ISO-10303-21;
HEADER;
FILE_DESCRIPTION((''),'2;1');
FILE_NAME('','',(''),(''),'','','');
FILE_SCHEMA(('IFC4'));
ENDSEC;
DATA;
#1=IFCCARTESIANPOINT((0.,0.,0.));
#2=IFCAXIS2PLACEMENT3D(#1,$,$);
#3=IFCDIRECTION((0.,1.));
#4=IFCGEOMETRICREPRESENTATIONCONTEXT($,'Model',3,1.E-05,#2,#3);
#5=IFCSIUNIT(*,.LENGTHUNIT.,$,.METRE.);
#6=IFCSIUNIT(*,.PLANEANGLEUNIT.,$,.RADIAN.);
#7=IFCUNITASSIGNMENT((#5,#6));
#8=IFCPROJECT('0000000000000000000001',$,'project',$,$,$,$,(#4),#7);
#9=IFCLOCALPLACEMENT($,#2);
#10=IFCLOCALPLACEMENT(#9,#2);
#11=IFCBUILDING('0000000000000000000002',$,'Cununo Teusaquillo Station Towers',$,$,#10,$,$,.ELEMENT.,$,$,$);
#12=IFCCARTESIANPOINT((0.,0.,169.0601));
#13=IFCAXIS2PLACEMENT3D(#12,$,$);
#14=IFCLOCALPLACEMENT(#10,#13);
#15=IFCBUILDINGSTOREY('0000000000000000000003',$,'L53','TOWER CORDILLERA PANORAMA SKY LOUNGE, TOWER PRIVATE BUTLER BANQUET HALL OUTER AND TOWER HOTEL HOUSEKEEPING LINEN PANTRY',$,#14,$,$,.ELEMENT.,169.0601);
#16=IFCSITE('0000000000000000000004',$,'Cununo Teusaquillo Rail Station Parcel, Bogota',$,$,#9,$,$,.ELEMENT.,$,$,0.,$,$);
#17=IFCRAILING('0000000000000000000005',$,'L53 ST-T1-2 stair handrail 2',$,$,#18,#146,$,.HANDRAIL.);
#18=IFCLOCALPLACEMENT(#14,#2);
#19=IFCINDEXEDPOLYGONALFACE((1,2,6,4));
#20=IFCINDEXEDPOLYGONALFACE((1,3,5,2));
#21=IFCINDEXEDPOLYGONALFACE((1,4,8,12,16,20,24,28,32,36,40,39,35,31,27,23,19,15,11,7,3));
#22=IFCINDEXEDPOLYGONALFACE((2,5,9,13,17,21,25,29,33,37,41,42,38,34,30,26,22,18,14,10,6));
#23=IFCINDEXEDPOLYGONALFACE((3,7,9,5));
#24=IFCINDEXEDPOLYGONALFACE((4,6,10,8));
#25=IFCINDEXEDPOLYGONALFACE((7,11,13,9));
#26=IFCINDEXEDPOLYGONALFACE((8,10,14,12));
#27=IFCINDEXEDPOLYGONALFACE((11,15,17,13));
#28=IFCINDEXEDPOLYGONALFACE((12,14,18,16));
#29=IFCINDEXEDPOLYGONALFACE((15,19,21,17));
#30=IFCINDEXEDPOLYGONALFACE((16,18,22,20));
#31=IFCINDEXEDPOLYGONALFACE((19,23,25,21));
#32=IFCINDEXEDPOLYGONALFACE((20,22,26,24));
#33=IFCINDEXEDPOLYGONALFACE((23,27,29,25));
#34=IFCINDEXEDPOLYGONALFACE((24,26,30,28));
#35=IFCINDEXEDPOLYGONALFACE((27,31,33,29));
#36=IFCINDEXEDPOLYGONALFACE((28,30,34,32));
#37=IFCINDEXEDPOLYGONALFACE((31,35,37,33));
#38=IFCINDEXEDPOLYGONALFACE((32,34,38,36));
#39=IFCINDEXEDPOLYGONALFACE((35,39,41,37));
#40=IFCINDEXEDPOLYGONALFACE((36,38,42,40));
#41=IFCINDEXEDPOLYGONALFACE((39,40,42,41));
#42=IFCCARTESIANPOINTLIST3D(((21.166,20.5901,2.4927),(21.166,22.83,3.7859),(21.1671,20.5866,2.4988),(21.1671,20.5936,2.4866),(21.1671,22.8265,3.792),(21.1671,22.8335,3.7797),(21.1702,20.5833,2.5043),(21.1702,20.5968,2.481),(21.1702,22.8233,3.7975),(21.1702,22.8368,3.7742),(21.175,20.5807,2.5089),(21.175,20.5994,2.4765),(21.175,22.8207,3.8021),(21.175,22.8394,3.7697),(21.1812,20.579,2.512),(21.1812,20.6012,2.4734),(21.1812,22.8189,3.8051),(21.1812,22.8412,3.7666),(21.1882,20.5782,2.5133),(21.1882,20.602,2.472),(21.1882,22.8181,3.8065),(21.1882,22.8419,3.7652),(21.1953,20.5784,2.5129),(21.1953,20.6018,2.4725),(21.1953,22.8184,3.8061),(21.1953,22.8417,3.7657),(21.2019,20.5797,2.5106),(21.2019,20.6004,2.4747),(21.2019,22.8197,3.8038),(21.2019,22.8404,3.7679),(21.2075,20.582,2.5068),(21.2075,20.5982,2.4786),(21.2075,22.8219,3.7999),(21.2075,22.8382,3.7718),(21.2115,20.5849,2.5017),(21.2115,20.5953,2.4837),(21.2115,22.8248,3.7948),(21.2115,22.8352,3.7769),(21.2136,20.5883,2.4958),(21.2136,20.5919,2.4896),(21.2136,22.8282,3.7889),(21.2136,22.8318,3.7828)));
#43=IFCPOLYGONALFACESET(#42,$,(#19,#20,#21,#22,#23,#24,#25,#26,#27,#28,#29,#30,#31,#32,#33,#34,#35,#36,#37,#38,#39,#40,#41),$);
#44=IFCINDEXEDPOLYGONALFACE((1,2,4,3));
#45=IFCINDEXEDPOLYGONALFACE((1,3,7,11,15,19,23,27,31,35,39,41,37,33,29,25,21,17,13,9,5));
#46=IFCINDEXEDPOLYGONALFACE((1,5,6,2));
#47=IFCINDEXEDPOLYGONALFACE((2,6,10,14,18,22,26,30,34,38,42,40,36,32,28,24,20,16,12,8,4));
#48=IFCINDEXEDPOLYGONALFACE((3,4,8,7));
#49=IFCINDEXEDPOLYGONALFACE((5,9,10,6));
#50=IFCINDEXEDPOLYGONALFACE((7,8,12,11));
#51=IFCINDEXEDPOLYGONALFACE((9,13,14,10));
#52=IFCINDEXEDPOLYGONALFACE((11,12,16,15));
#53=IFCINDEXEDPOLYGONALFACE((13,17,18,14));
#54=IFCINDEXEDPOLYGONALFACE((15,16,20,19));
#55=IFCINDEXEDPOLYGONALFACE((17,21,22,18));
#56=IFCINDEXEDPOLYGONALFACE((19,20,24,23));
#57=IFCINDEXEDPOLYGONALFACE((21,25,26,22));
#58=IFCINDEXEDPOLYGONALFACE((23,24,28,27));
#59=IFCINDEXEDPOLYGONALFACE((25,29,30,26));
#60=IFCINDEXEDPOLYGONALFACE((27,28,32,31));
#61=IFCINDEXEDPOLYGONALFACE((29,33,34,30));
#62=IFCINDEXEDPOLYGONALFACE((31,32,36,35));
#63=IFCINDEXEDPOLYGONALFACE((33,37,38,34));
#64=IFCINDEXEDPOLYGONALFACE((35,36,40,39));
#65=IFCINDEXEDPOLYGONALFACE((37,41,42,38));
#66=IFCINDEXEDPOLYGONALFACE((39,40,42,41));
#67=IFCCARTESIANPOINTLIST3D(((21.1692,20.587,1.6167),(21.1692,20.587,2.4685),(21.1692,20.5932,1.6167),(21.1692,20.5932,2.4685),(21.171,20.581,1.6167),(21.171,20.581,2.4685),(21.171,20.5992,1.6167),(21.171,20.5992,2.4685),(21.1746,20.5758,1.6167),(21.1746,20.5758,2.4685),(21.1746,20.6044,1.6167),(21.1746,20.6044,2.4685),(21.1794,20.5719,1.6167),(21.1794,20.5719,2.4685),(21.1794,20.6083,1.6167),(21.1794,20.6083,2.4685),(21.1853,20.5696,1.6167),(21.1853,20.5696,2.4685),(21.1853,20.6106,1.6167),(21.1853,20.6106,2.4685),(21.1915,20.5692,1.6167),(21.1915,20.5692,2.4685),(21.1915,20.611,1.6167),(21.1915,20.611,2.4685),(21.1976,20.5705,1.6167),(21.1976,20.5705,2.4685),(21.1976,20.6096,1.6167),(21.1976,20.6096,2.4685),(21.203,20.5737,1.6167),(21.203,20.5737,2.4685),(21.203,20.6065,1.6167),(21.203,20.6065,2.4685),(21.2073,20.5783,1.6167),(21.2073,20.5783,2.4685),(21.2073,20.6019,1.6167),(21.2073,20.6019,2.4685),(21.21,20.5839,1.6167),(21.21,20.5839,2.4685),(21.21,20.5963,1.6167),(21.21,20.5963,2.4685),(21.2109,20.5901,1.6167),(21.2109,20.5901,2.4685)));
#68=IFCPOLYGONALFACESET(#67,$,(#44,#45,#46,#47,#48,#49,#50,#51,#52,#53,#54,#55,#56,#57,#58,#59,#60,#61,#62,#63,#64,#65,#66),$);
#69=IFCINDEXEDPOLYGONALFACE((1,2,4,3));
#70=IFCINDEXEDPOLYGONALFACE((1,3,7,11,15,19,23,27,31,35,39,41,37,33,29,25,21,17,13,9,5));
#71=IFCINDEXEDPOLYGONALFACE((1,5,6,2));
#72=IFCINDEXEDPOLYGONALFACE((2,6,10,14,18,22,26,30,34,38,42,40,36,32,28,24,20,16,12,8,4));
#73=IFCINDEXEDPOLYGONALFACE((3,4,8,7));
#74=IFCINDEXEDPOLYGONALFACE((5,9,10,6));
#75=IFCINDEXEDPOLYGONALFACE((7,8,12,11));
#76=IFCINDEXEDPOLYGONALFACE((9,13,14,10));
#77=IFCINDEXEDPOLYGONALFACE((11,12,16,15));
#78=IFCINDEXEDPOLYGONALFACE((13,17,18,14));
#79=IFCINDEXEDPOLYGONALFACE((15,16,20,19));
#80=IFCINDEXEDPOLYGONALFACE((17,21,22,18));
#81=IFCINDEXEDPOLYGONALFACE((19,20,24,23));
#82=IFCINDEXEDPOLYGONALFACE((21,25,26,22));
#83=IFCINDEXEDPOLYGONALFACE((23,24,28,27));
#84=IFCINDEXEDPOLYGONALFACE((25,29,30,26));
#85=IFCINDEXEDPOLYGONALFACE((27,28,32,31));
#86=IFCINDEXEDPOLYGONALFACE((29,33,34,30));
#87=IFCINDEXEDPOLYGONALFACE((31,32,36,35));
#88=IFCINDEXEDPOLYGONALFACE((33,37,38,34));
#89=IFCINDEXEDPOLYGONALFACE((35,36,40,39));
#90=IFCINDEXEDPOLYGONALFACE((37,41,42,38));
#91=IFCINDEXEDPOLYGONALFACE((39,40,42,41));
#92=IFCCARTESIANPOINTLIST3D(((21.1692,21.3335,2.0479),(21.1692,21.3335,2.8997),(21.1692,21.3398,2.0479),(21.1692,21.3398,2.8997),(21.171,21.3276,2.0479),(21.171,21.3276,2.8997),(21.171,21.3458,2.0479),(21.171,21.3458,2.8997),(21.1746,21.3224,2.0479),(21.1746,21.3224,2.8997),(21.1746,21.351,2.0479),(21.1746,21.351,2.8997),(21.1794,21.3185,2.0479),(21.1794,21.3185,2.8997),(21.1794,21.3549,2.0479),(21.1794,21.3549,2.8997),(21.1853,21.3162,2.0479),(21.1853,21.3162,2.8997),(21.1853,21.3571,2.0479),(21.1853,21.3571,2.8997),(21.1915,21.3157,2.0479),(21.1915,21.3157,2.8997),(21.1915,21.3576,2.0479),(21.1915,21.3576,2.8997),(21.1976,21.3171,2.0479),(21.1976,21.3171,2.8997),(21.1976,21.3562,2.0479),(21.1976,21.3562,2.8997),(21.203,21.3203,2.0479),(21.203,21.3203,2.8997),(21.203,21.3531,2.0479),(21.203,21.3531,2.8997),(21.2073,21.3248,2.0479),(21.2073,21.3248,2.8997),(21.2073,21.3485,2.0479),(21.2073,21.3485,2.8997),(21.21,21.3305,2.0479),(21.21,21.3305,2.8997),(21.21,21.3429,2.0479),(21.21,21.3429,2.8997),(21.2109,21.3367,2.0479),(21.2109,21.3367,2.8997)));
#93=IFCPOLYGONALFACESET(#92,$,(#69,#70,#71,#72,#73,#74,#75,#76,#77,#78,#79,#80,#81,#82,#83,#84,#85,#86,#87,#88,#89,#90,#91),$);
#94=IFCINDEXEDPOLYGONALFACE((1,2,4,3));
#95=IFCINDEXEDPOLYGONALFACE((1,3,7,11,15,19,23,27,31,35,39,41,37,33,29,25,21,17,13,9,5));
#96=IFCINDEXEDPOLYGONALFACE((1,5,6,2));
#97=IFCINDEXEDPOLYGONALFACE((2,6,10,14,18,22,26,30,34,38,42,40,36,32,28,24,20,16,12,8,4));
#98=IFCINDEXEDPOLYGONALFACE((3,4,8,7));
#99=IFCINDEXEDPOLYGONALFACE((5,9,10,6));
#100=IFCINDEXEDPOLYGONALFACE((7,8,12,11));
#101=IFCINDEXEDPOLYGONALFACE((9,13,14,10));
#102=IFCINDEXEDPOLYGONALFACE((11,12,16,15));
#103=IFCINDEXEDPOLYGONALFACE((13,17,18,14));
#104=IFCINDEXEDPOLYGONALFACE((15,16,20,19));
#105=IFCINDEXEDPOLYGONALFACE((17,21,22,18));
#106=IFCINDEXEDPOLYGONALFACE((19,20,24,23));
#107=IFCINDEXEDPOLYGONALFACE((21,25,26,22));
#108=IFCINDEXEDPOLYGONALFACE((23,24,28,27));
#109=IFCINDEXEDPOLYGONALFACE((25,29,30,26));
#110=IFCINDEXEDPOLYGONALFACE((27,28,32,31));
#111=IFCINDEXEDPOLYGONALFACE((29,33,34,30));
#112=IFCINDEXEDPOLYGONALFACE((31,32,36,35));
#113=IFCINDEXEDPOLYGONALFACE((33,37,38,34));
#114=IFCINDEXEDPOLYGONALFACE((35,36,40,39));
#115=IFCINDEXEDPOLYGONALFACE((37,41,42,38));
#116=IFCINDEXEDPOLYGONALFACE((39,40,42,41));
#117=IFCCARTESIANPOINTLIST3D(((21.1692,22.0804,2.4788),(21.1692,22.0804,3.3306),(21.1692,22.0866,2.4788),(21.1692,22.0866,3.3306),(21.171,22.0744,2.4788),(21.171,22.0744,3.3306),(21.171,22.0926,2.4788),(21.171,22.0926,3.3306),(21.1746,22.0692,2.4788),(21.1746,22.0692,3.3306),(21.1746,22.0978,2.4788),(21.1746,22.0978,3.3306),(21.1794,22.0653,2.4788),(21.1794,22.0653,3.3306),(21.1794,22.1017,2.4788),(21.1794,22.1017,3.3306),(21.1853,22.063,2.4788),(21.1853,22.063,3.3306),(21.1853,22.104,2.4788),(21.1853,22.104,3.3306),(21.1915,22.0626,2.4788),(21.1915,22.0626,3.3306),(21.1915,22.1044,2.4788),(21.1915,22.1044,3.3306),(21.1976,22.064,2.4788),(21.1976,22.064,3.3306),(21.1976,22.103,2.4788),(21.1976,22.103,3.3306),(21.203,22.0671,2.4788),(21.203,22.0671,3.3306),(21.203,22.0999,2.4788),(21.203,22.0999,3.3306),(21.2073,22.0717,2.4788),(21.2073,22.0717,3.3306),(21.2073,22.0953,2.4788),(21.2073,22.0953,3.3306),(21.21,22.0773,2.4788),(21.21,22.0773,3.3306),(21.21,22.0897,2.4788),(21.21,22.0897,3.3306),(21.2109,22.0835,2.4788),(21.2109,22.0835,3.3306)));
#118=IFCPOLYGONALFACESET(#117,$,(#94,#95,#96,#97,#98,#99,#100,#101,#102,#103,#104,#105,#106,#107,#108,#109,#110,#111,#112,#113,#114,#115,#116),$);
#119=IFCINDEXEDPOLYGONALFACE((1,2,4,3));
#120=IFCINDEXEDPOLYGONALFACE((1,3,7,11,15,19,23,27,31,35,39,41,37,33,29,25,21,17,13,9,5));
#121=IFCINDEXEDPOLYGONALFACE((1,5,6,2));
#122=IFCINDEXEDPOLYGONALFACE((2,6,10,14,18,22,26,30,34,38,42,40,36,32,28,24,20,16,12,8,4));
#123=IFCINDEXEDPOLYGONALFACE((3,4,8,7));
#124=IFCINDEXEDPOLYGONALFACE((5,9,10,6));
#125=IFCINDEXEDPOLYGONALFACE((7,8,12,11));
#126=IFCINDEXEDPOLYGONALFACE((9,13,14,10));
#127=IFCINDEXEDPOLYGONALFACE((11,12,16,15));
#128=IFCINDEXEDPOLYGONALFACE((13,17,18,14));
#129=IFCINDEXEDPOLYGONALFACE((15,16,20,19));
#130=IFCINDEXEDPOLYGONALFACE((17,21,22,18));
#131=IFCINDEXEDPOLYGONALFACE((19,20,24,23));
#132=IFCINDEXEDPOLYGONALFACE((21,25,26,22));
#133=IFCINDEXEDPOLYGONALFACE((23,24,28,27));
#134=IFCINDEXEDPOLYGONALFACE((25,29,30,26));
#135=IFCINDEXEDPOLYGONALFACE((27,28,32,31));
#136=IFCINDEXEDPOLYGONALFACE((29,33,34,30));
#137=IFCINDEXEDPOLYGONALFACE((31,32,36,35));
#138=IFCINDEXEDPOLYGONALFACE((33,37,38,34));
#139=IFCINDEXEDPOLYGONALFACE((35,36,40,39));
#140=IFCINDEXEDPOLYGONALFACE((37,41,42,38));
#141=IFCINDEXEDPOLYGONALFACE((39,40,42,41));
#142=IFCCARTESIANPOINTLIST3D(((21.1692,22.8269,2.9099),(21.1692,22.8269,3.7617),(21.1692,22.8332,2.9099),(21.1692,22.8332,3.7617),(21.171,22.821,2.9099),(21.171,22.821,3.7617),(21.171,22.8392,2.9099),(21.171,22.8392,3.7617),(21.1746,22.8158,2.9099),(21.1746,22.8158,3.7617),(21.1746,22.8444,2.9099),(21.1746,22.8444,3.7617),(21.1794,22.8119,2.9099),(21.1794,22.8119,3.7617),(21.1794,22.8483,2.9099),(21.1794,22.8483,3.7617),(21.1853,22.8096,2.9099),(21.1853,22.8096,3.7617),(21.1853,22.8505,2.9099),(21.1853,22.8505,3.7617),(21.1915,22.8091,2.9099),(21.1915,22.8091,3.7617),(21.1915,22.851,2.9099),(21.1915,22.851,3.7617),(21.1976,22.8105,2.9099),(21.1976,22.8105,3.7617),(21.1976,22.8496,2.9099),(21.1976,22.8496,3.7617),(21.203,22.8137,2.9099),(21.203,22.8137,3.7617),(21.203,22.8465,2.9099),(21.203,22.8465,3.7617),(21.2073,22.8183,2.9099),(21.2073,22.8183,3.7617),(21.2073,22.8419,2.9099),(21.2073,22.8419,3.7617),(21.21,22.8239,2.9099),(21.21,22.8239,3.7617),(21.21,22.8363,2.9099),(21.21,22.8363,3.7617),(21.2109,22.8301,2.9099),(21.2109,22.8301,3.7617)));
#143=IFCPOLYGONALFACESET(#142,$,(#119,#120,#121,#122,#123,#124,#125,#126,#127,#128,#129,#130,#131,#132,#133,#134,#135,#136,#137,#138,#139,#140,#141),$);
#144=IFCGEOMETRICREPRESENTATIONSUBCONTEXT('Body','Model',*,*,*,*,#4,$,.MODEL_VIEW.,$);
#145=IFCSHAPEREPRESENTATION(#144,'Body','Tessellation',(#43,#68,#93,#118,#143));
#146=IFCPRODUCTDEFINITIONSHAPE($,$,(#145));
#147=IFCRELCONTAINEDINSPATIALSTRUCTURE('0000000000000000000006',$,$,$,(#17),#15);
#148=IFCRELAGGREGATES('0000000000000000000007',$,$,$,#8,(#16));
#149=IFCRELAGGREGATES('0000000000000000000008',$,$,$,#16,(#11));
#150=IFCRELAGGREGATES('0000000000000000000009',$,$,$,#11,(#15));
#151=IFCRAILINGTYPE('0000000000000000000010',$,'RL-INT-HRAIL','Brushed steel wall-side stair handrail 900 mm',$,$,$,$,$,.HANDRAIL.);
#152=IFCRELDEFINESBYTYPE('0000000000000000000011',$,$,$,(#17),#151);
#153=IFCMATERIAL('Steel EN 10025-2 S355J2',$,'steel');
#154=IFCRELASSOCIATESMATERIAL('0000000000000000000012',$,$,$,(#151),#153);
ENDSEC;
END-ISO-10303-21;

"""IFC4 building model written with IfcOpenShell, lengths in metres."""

from ifc_helpers import new_model, si_unit, direction, frame, origin, origin_2d, place, context, subcontext, project, spatial, circle, extrude, material, type_object, element, save


model = new_model("IFC4")

# Units and contexts
model_context = context("Model", 3, precision=1e-05, world=origin(), true_north=direction((0.0, 1.0)))
body_context = subcontext(model_context, "Body", "Model", "MODEL_VIEW")
ifc_project = project(units=[si_unit("LENGTHUNIT", "METRE"), si_unit("PLANEANGLEUNIT", "RADIAN")], contexts=[model_context])

# Site, building, storey
site_placement = place(None, origin())
site = spatial("IfcSite", under=ifc_project, at=site_placement, Name="Cununo Teusaquillo Rail Station Parcel, Bogota", CompositionType="ELEMENT", RefElevation=0.0)
building_placement = place(site_placement, origin())
building = spatial("IfcBuilding", under=site, at=building_placement, Name="Cununo Teusaquillo Station Towers", CompositionType="ELEMENT")
storey_placement = place(building_placement, frame((0.0, 0.0, 169.0601)))
storey = spatial("IfcBuildingStorey", under=building, at=storey_placement, Name="L53", Description="TOWER CORDILLERA PANORAMA SKY LOUNGE, TOWER PRIVATE BUTLER BANQUET HALL OUTER AND TOWER HOTEL HOUSEKEEPING LINEN PANTRY", CompositionType="ELEMENT", Elevation=169.0601)

# Railing
ifc_material_1 = material(Name="Steel EN 10025-2 S355J2", Category="steel")
railing_type_1 = type_object("IfcRailingType", Name="RL-INT-HRAIL", Description="Brushed steel wall-side stair handrail 900 mm", PredefinedType="HANDRAIL", material=ifc_material_1)
railing_1_placement = place(storey_placement, frame((21.1899, 20.5901, 1.6167)))
element("IfcRailing", 1, at=railing_1_placement, inside=storey, type_object=railing_type_1, Name="L53 ST-T1-2 stair handrail 2", PredefinedType="HANDRAIL", context=body_context, shape_type="SweptSolid", body=[
    extrude(circle(Radius=0.0239, at=origin_2d()), frame((0.0, 0.0, 0.876), z_axis=(0.0, 0.866033, 0.499987), x_axis=(-1.0, 0.0, 0.0)), (0.0, 0.0, 1.0), 2.5864),
    extrude(circle(Radius=0.021, at=origin_2d()), origin(), (0.0, 0.0, 1.0), 0.8518),
    extrude(circle(Radius=0.021, at=origin_2d()), frame((0.0, 0.7466, 0.4312)), (0.0, 0.0, 1.0), 0.8518),
    extrude(circle(Radius=0.021, at=origin_2d()), frame((0.0, 1.4934, 0.8621)), (0.0, 0.0, 1.0), 0.8518),
    extrude(circle(Radius=0.021, at=origin_2d()), frame((0.0, 2.24, 1.2932)), (0.0, 0.0, 1.0), 0.8518),
])

save(model, "model.ifc")
